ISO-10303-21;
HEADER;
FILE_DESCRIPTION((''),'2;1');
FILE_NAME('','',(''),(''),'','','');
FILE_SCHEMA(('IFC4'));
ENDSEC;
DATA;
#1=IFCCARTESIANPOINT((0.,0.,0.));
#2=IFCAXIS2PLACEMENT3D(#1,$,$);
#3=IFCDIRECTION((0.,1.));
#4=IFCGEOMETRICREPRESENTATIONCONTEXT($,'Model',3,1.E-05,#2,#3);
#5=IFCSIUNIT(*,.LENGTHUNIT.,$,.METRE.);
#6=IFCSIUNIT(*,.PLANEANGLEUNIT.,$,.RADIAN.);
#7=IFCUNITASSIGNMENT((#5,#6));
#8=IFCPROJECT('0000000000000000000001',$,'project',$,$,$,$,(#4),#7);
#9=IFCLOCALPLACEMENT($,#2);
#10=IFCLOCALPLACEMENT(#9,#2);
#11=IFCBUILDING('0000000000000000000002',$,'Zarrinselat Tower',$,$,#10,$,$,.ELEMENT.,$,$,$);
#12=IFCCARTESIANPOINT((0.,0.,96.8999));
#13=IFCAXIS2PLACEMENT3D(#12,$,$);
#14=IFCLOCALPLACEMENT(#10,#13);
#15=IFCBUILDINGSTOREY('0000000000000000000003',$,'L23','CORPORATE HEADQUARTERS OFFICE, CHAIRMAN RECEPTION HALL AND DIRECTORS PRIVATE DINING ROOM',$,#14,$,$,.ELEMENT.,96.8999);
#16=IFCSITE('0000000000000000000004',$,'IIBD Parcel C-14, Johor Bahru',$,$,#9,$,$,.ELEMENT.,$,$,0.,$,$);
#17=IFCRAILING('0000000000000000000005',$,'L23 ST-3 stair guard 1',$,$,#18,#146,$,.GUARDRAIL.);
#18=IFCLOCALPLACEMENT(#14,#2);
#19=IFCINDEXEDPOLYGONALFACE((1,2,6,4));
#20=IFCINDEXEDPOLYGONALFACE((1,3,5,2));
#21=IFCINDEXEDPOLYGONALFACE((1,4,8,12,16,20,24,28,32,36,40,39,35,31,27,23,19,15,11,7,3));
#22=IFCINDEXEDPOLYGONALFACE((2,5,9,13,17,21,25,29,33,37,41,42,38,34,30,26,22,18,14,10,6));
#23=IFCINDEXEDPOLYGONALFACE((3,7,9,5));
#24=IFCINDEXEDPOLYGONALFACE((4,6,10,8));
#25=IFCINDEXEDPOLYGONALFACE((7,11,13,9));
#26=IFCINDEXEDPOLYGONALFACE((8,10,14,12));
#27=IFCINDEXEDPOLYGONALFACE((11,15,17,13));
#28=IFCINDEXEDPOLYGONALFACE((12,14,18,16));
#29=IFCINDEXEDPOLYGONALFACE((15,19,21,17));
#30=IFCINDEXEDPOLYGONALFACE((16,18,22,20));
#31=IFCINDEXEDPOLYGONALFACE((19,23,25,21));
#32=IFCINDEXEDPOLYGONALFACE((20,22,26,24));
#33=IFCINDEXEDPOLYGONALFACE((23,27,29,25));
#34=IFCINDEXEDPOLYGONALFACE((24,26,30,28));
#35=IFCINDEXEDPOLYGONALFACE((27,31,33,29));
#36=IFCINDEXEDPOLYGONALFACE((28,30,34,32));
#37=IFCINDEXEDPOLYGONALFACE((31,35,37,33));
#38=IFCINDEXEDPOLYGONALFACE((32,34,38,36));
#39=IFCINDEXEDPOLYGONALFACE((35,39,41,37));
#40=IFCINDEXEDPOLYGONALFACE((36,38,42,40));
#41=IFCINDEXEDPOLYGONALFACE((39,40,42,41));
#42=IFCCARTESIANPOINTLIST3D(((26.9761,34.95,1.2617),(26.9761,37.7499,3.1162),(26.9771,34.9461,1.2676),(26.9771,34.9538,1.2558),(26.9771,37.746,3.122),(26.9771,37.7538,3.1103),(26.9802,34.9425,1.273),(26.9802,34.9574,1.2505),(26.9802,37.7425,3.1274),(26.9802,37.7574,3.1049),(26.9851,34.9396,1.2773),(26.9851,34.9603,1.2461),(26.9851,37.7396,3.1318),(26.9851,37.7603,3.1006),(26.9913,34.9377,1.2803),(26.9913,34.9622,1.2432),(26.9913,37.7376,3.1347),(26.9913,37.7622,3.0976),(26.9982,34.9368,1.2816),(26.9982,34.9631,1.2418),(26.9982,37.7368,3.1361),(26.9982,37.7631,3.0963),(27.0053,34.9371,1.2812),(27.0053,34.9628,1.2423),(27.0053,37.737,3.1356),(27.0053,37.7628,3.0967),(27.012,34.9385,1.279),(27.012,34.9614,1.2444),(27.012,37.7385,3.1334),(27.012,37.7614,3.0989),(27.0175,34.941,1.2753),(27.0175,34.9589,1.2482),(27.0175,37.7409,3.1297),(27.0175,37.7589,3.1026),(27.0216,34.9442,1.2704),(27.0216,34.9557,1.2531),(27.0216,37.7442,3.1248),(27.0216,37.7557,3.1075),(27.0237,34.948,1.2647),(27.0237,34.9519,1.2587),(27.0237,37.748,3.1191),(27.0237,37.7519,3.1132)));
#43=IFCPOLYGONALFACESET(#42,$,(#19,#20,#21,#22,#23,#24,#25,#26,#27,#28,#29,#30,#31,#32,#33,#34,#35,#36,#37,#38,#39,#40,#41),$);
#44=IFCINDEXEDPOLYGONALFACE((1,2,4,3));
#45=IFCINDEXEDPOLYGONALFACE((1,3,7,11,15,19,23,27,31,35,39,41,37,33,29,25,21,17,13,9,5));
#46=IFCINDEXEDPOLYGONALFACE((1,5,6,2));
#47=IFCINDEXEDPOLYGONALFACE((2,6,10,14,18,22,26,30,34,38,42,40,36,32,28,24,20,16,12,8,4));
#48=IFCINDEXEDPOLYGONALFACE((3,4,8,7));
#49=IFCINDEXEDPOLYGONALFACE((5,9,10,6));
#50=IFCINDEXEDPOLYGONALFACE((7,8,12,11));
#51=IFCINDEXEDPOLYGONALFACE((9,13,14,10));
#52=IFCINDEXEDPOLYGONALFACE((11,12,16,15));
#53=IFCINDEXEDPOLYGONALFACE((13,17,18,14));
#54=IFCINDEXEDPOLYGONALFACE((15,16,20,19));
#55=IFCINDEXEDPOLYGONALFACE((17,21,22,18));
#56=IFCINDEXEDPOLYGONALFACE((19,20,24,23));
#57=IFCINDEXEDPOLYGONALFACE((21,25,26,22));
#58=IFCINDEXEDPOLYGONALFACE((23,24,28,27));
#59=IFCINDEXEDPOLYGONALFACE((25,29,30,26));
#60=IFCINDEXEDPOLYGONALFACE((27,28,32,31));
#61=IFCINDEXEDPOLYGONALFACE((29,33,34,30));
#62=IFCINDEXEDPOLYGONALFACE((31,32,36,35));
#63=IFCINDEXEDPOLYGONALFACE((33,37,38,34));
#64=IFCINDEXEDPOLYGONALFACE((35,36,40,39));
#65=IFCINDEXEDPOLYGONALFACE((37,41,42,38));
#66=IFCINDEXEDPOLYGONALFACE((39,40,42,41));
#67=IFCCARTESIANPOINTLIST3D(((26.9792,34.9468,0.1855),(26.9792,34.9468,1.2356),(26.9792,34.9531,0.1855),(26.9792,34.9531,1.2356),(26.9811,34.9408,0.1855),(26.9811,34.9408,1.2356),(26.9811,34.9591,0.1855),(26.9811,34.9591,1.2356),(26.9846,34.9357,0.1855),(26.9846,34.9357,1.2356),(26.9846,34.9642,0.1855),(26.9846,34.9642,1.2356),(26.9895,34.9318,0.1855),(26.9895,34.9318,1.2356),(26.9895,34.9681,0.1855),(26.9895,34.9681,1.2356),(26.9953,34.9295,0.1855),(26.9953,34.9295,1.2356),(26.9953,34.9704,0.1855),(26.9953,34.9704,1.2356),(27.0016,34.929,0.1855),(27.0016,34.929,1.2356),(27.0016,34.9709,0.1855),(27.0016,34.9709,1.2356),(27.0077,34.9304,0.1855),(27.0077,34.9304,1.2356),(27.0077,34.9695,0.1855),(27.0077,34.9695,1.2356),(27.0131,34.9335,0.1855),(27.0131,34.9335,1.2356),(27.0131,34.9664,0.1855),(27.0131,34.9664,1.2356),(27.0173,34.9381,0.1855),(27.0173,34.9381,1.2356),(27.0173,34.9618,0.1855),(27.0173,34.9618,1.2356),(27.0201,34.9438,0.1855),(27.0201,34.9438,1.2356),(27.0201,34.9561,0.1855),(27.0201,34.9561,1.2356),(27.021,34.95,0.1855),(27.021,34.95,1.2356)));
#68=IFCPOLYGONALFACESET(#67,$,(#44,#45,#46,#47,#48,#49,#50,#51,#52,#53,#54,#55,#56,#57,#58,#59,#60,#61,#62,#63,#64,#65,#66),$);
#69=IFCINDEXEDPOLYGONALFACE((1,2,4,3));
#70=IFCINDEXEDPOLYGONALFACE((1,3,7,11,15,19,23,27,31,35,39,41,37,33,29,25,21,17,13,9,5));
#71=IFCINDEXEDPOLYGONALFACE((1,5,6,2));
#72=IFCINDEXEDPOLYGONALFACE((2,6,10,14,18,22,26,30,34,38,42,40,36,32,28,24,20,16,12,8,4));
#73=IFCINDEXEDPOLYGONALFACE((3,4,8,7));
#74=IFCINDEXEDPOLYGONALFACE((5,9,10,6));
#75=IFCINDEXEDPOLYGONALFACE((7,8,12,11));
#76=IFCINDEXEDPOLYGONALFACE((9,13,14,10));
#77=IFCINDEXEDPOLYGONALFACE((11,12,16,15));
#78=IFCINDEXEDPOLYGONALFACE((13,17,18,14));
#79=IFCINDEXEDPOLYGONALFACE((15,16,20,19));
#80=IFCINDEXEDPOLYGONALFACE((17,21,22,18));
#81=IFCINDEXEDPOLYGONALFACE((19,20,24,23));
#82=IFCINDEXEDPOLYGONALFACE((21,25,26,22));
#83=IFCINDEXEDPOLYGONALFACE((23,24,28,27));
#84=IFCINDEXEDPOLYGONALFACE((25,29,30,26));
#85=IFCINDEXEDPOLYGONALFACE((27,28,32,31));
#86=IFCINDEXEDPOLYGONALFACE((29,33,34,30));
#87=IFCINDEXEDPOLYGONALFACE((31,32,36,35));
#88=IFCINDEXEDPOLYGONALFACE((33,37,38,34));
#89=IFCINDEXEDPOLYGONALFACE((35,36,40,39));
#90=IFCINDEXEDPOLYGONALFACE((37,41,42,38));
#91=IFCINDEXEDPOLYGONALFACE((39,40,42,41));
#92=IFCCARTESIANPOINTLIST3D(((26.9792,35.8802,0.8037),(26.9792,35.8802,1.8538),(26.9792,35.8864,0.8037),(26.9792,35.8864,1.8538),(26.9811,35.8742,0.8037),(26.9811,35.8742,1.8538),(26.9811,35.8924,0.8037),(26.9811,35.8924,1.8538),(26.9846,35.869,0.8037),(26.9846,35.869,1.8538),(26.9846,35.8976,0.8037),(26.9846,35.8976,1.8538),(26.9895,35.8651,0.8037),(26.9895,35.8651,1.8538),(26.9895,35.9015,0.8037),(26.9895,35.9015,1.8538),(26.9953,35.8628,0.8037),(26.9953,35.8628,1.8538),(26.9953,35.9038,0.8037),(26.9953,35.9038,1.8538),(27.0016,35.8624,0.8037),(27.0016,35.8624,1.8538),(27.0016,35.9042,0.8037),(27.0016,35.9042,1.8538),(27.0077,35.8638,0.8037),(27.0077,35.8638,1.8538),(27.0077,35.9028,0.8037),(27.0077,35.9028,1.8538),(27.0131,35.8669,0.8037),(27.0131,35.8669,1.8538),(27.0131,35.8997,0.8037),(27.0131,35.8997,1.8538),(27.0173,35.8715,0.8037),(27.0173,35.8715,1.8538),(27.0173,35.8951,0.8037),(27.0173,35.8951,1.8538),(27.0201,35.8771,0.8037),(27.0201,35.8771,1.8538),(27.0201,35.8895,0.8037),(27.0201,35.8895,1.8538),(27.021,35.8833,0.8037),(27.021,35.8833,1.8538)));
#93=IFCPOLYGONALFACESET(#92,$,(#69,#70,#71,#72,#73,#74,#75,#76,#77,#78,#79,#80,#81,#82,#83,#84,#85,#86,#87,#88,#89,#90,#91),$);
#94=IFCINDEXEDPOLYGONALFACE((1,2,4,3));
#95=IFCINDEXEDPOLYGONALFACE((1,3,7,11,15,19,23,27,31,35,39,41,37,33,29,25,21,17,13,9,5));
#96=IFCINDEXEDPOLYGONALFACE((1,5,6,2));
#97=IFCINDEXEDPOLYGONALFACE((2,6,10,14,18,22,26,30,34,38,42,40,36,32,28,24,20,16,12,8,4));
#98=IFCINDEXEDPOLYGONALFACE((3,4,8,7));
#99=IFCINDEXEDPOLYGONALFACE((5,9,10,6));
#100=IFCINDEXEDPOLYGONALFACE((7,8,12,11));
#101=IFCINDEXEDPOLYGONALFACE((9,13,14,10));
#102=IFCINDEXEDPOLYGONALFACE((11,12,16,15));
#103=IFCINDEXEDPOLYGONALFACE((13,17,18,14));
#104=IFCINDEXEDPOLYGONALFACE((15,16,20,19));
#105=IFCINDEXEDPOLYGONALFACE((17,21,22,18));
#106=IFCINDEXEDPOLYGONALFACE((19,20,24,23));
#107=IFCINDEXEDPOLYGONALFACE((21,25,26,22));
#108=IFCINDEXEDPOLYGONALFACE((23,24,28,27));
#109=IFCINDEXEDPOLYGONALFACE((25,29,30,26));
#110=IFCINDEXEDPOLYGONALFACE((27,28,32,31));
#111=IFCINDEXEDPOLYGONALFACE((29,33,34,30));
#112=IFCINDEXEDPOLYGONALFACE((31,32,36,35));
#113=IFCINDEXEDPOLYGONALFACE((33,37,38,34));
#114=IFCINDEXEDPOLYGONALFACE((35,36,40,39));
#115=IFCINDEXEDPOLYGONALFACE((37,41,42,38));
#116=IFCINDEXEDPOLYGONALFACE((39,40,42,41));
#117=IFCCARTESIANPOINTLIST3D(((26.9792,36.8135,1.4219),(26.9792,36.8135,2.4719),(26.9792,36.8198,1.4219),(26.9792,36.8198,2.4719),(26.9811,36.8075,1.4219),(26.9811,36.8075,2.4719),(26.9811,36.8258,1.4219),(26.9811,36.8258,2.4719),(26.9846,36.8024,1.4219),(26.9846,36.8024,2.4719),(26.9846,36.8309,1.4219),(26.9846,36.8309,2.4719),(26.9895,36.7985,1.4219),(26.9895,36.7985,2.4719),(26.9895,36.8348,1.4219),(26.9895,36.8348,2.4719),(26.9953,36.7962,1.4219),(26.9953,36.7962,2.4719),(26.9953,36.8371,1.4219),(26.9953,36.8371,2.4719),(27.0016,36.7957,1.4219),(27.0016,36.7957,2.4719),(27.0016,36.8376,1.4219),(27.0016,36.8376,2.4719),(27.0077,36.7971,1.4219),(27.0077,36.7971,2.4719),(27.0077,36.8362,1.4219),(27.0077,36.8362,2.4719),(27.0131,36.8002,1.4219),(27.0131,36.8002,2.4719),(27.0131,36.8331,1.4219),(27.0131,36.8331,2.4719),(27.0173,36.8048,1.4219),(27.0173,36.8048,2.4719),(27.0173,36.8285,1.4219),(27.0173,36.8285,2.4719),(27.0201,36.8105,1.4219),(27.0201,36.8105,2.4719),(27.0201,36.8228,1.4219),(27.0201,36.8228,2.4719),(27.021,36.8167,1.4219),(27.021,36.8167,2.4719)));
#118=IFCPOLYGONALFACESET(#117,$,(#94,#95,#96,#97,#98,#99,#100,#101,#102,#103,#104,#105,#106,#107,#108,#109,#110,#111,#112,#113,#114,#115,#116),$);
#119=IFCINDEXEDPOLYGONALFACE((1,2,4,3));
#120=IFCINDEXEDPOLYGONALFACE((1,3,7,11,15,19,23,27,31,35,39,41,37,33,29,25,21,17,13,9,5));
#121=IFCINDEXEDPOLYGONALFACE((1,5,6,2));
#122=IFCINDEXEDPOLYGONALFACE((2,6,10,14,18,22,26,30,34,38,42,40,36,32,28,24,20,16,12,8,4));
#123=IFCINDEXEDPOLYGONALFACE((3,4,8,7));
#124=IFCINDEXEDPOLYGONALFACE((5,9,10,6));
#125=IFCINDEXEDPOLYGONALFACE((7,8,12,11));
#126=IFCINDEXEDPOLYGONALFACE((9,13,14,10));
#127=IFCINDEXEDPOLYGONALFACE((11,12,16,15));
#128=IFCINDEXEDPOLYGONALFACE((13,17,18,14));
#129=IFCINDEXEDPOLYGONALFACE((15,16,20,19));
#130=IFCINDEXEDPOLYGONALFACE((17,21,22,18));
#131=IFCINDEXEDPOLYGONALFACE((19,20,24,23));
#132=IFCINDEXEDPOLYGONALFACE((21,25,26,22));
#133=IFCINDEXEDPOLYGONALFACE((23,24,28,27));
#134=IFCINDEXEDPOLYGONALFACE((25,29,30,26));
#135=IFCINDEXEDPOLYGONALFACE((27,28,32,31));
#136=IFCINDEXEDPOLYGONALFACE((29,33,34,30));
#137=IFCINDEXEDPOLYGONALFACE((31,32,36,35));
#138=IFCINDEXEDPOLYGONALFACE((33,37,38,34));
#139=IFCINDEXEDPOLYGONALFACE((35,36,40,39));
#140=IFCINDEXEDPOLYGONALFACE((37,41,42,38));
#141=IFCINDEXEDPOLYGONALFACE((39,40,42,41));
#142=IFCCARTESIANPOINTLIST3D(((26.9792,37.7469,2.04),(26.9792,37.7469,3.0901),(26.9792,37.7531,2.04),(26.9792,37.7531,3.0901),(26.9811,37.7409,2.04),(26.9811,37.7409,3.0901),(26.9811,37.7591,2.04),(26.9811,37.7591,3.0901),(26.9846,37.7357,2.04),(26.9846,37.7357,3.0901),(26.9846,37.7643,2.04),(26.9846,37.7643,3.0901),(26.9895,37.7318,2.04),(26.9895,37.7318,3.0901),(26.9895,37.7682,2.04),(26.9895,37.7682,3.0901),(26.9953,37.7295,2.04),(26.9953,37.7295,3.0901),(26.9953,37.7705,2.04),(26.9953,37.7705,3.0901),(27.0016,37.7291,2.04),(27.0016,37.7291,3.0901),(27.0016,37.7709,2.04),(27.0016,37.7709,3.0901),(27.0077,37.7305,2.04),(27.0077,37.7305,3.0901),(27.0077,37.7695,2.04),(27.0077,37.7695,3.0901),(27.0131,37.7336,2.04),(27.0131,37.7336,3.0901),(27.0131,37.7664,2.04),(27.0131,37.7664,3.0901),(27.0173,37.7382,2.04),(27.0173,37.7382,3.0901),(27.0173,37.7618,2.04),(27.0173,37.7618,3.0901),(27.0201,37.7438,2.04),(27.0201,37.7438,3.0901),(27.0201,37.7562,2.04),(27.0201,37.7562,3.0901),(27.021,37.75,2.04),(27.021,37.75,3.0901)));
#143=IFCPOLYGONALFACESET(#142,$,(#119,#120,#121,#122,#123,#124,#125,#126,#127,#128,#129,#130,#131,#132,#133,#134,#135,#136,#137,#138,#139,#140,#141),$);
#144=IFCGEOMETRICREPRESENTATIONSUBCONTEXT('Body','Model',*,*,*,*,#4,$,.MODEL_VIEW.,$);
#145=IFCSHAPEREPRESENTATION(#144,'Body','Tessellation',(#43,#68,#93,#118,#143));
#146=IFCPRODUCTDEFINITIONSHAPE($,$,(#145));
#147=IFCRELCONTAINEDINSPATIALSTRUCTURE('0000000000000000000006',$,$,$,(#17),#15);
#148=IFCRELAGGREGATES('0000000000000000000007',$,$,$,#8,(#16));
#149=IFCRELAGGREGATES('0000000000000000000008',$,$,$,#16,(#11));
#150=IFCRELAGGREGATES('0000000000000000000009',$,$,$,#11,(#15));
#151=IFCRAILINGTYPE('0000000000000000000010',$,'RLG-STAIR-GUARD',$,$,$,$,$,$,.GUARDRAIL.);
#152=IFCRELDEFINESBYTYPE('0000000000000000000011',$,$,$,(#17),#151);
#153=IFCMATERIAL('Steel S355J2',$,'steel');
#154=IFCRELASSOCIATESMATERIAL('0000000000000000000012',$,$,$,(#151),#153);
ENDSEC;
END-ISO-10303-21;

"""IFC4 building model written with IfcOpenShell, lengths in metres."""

from ifc_helpers import new_model, si_unit, direction, frame, origin, origin_2d, place, context, subcontext, project, spatial, circle, extrude, material, type_object, element, save


model = new_model("IFC4")

# Units and contexts
model_context = context("Model", 3, precision=1e-05, world=origin(), true_north=direction((0.0, 1.0)))
body_context = subcontext(model_context, "Body", "Model", "MODEL_VIEW")
ifc_project = project(units=[si_unit("LENGTHUNIT", "METRE"), si_unit("PLANEANGLEUNIT", "RADIAN")], contexts=[model_context])

# Site, building, storey
site_placement = place(None, origin())
site = spatial("IfcSite", under=ifc_project, at=site_placement, Name="IIBD Parcel C-14, Johor Bahru", CompositionType="ELEMENT", RefElevation=0.0)
building_placement = place(site_placement, origin())
building = spatial("IfcBuilding", under=site, at=building_placement, Name="Zarrinselat Tower", CompositionType="ELEMENT")
storey_placement = place(building_placement, frame((0.0, 0.0, 96.8999)))
storey = spatial("IfcBuildingStorey", under=building, at=storey_placement, Name="L23", Description="CORPORATE HEADQUARTERS OFFICE, CHAIRMAN RECEPTION HALL AND DIRECTORS PRIVATE DINING ROOM", CompositionType="ELEMENT", Elevation=96.8999)

# Railing
ifc_material_1 = material(Name="Steel S355J2", Category="steel")
railing_type_1 = type_object("IfcRailingType", Name="RLG-STAIR-GUARD", PredefinedType="GUARDRAIL", material=ifc_material_1)
railing_1_placement = place(storey_placement, frame((27.0, 34.95, 0.1855)))
element("IfcRailing", 1, at=railing_1_placement, inside=storey, type_object=railing_type_1, Name="L23 ST-3 stair guard 1", PredefinedType="GUARDRAIL", context=body_context, shape_type="SweptSolid", body=[
    extrude(circle(Radius=0.0239, at=origin_2d()), frame((0.0, 0.0, 1.0762), z_axis=(0.0, 0.833724, 0.552181), x_axis=(-1.0, 0.0, 0.0)), (0.0, 0.0, 1.0), 3.3584),
    extrude(circle(Radius=0.021, at=origin_2d()), origin(), (0.0, 0.0, 1.0), 1.05),
    extrude(circle(Radius=0.021, at=origin_2d()), frame((0.0, 0.9333, 0.6182)), (0.0, 0.0, 1.0), 1.05),
    extrude(circle(Radius=0.021, at=origin_2d()), frame((0.0, 1.8667, 1.2363)), (0.0, 0.0, 1.0), 1.05),
    extrude(circle(Radius=0.021, at=origin_2d()), frame((0.0, 2.8, 1.8545)), (0.0, 0.0, 1.0), 1.05),
])

save(model, "model.ifc")
